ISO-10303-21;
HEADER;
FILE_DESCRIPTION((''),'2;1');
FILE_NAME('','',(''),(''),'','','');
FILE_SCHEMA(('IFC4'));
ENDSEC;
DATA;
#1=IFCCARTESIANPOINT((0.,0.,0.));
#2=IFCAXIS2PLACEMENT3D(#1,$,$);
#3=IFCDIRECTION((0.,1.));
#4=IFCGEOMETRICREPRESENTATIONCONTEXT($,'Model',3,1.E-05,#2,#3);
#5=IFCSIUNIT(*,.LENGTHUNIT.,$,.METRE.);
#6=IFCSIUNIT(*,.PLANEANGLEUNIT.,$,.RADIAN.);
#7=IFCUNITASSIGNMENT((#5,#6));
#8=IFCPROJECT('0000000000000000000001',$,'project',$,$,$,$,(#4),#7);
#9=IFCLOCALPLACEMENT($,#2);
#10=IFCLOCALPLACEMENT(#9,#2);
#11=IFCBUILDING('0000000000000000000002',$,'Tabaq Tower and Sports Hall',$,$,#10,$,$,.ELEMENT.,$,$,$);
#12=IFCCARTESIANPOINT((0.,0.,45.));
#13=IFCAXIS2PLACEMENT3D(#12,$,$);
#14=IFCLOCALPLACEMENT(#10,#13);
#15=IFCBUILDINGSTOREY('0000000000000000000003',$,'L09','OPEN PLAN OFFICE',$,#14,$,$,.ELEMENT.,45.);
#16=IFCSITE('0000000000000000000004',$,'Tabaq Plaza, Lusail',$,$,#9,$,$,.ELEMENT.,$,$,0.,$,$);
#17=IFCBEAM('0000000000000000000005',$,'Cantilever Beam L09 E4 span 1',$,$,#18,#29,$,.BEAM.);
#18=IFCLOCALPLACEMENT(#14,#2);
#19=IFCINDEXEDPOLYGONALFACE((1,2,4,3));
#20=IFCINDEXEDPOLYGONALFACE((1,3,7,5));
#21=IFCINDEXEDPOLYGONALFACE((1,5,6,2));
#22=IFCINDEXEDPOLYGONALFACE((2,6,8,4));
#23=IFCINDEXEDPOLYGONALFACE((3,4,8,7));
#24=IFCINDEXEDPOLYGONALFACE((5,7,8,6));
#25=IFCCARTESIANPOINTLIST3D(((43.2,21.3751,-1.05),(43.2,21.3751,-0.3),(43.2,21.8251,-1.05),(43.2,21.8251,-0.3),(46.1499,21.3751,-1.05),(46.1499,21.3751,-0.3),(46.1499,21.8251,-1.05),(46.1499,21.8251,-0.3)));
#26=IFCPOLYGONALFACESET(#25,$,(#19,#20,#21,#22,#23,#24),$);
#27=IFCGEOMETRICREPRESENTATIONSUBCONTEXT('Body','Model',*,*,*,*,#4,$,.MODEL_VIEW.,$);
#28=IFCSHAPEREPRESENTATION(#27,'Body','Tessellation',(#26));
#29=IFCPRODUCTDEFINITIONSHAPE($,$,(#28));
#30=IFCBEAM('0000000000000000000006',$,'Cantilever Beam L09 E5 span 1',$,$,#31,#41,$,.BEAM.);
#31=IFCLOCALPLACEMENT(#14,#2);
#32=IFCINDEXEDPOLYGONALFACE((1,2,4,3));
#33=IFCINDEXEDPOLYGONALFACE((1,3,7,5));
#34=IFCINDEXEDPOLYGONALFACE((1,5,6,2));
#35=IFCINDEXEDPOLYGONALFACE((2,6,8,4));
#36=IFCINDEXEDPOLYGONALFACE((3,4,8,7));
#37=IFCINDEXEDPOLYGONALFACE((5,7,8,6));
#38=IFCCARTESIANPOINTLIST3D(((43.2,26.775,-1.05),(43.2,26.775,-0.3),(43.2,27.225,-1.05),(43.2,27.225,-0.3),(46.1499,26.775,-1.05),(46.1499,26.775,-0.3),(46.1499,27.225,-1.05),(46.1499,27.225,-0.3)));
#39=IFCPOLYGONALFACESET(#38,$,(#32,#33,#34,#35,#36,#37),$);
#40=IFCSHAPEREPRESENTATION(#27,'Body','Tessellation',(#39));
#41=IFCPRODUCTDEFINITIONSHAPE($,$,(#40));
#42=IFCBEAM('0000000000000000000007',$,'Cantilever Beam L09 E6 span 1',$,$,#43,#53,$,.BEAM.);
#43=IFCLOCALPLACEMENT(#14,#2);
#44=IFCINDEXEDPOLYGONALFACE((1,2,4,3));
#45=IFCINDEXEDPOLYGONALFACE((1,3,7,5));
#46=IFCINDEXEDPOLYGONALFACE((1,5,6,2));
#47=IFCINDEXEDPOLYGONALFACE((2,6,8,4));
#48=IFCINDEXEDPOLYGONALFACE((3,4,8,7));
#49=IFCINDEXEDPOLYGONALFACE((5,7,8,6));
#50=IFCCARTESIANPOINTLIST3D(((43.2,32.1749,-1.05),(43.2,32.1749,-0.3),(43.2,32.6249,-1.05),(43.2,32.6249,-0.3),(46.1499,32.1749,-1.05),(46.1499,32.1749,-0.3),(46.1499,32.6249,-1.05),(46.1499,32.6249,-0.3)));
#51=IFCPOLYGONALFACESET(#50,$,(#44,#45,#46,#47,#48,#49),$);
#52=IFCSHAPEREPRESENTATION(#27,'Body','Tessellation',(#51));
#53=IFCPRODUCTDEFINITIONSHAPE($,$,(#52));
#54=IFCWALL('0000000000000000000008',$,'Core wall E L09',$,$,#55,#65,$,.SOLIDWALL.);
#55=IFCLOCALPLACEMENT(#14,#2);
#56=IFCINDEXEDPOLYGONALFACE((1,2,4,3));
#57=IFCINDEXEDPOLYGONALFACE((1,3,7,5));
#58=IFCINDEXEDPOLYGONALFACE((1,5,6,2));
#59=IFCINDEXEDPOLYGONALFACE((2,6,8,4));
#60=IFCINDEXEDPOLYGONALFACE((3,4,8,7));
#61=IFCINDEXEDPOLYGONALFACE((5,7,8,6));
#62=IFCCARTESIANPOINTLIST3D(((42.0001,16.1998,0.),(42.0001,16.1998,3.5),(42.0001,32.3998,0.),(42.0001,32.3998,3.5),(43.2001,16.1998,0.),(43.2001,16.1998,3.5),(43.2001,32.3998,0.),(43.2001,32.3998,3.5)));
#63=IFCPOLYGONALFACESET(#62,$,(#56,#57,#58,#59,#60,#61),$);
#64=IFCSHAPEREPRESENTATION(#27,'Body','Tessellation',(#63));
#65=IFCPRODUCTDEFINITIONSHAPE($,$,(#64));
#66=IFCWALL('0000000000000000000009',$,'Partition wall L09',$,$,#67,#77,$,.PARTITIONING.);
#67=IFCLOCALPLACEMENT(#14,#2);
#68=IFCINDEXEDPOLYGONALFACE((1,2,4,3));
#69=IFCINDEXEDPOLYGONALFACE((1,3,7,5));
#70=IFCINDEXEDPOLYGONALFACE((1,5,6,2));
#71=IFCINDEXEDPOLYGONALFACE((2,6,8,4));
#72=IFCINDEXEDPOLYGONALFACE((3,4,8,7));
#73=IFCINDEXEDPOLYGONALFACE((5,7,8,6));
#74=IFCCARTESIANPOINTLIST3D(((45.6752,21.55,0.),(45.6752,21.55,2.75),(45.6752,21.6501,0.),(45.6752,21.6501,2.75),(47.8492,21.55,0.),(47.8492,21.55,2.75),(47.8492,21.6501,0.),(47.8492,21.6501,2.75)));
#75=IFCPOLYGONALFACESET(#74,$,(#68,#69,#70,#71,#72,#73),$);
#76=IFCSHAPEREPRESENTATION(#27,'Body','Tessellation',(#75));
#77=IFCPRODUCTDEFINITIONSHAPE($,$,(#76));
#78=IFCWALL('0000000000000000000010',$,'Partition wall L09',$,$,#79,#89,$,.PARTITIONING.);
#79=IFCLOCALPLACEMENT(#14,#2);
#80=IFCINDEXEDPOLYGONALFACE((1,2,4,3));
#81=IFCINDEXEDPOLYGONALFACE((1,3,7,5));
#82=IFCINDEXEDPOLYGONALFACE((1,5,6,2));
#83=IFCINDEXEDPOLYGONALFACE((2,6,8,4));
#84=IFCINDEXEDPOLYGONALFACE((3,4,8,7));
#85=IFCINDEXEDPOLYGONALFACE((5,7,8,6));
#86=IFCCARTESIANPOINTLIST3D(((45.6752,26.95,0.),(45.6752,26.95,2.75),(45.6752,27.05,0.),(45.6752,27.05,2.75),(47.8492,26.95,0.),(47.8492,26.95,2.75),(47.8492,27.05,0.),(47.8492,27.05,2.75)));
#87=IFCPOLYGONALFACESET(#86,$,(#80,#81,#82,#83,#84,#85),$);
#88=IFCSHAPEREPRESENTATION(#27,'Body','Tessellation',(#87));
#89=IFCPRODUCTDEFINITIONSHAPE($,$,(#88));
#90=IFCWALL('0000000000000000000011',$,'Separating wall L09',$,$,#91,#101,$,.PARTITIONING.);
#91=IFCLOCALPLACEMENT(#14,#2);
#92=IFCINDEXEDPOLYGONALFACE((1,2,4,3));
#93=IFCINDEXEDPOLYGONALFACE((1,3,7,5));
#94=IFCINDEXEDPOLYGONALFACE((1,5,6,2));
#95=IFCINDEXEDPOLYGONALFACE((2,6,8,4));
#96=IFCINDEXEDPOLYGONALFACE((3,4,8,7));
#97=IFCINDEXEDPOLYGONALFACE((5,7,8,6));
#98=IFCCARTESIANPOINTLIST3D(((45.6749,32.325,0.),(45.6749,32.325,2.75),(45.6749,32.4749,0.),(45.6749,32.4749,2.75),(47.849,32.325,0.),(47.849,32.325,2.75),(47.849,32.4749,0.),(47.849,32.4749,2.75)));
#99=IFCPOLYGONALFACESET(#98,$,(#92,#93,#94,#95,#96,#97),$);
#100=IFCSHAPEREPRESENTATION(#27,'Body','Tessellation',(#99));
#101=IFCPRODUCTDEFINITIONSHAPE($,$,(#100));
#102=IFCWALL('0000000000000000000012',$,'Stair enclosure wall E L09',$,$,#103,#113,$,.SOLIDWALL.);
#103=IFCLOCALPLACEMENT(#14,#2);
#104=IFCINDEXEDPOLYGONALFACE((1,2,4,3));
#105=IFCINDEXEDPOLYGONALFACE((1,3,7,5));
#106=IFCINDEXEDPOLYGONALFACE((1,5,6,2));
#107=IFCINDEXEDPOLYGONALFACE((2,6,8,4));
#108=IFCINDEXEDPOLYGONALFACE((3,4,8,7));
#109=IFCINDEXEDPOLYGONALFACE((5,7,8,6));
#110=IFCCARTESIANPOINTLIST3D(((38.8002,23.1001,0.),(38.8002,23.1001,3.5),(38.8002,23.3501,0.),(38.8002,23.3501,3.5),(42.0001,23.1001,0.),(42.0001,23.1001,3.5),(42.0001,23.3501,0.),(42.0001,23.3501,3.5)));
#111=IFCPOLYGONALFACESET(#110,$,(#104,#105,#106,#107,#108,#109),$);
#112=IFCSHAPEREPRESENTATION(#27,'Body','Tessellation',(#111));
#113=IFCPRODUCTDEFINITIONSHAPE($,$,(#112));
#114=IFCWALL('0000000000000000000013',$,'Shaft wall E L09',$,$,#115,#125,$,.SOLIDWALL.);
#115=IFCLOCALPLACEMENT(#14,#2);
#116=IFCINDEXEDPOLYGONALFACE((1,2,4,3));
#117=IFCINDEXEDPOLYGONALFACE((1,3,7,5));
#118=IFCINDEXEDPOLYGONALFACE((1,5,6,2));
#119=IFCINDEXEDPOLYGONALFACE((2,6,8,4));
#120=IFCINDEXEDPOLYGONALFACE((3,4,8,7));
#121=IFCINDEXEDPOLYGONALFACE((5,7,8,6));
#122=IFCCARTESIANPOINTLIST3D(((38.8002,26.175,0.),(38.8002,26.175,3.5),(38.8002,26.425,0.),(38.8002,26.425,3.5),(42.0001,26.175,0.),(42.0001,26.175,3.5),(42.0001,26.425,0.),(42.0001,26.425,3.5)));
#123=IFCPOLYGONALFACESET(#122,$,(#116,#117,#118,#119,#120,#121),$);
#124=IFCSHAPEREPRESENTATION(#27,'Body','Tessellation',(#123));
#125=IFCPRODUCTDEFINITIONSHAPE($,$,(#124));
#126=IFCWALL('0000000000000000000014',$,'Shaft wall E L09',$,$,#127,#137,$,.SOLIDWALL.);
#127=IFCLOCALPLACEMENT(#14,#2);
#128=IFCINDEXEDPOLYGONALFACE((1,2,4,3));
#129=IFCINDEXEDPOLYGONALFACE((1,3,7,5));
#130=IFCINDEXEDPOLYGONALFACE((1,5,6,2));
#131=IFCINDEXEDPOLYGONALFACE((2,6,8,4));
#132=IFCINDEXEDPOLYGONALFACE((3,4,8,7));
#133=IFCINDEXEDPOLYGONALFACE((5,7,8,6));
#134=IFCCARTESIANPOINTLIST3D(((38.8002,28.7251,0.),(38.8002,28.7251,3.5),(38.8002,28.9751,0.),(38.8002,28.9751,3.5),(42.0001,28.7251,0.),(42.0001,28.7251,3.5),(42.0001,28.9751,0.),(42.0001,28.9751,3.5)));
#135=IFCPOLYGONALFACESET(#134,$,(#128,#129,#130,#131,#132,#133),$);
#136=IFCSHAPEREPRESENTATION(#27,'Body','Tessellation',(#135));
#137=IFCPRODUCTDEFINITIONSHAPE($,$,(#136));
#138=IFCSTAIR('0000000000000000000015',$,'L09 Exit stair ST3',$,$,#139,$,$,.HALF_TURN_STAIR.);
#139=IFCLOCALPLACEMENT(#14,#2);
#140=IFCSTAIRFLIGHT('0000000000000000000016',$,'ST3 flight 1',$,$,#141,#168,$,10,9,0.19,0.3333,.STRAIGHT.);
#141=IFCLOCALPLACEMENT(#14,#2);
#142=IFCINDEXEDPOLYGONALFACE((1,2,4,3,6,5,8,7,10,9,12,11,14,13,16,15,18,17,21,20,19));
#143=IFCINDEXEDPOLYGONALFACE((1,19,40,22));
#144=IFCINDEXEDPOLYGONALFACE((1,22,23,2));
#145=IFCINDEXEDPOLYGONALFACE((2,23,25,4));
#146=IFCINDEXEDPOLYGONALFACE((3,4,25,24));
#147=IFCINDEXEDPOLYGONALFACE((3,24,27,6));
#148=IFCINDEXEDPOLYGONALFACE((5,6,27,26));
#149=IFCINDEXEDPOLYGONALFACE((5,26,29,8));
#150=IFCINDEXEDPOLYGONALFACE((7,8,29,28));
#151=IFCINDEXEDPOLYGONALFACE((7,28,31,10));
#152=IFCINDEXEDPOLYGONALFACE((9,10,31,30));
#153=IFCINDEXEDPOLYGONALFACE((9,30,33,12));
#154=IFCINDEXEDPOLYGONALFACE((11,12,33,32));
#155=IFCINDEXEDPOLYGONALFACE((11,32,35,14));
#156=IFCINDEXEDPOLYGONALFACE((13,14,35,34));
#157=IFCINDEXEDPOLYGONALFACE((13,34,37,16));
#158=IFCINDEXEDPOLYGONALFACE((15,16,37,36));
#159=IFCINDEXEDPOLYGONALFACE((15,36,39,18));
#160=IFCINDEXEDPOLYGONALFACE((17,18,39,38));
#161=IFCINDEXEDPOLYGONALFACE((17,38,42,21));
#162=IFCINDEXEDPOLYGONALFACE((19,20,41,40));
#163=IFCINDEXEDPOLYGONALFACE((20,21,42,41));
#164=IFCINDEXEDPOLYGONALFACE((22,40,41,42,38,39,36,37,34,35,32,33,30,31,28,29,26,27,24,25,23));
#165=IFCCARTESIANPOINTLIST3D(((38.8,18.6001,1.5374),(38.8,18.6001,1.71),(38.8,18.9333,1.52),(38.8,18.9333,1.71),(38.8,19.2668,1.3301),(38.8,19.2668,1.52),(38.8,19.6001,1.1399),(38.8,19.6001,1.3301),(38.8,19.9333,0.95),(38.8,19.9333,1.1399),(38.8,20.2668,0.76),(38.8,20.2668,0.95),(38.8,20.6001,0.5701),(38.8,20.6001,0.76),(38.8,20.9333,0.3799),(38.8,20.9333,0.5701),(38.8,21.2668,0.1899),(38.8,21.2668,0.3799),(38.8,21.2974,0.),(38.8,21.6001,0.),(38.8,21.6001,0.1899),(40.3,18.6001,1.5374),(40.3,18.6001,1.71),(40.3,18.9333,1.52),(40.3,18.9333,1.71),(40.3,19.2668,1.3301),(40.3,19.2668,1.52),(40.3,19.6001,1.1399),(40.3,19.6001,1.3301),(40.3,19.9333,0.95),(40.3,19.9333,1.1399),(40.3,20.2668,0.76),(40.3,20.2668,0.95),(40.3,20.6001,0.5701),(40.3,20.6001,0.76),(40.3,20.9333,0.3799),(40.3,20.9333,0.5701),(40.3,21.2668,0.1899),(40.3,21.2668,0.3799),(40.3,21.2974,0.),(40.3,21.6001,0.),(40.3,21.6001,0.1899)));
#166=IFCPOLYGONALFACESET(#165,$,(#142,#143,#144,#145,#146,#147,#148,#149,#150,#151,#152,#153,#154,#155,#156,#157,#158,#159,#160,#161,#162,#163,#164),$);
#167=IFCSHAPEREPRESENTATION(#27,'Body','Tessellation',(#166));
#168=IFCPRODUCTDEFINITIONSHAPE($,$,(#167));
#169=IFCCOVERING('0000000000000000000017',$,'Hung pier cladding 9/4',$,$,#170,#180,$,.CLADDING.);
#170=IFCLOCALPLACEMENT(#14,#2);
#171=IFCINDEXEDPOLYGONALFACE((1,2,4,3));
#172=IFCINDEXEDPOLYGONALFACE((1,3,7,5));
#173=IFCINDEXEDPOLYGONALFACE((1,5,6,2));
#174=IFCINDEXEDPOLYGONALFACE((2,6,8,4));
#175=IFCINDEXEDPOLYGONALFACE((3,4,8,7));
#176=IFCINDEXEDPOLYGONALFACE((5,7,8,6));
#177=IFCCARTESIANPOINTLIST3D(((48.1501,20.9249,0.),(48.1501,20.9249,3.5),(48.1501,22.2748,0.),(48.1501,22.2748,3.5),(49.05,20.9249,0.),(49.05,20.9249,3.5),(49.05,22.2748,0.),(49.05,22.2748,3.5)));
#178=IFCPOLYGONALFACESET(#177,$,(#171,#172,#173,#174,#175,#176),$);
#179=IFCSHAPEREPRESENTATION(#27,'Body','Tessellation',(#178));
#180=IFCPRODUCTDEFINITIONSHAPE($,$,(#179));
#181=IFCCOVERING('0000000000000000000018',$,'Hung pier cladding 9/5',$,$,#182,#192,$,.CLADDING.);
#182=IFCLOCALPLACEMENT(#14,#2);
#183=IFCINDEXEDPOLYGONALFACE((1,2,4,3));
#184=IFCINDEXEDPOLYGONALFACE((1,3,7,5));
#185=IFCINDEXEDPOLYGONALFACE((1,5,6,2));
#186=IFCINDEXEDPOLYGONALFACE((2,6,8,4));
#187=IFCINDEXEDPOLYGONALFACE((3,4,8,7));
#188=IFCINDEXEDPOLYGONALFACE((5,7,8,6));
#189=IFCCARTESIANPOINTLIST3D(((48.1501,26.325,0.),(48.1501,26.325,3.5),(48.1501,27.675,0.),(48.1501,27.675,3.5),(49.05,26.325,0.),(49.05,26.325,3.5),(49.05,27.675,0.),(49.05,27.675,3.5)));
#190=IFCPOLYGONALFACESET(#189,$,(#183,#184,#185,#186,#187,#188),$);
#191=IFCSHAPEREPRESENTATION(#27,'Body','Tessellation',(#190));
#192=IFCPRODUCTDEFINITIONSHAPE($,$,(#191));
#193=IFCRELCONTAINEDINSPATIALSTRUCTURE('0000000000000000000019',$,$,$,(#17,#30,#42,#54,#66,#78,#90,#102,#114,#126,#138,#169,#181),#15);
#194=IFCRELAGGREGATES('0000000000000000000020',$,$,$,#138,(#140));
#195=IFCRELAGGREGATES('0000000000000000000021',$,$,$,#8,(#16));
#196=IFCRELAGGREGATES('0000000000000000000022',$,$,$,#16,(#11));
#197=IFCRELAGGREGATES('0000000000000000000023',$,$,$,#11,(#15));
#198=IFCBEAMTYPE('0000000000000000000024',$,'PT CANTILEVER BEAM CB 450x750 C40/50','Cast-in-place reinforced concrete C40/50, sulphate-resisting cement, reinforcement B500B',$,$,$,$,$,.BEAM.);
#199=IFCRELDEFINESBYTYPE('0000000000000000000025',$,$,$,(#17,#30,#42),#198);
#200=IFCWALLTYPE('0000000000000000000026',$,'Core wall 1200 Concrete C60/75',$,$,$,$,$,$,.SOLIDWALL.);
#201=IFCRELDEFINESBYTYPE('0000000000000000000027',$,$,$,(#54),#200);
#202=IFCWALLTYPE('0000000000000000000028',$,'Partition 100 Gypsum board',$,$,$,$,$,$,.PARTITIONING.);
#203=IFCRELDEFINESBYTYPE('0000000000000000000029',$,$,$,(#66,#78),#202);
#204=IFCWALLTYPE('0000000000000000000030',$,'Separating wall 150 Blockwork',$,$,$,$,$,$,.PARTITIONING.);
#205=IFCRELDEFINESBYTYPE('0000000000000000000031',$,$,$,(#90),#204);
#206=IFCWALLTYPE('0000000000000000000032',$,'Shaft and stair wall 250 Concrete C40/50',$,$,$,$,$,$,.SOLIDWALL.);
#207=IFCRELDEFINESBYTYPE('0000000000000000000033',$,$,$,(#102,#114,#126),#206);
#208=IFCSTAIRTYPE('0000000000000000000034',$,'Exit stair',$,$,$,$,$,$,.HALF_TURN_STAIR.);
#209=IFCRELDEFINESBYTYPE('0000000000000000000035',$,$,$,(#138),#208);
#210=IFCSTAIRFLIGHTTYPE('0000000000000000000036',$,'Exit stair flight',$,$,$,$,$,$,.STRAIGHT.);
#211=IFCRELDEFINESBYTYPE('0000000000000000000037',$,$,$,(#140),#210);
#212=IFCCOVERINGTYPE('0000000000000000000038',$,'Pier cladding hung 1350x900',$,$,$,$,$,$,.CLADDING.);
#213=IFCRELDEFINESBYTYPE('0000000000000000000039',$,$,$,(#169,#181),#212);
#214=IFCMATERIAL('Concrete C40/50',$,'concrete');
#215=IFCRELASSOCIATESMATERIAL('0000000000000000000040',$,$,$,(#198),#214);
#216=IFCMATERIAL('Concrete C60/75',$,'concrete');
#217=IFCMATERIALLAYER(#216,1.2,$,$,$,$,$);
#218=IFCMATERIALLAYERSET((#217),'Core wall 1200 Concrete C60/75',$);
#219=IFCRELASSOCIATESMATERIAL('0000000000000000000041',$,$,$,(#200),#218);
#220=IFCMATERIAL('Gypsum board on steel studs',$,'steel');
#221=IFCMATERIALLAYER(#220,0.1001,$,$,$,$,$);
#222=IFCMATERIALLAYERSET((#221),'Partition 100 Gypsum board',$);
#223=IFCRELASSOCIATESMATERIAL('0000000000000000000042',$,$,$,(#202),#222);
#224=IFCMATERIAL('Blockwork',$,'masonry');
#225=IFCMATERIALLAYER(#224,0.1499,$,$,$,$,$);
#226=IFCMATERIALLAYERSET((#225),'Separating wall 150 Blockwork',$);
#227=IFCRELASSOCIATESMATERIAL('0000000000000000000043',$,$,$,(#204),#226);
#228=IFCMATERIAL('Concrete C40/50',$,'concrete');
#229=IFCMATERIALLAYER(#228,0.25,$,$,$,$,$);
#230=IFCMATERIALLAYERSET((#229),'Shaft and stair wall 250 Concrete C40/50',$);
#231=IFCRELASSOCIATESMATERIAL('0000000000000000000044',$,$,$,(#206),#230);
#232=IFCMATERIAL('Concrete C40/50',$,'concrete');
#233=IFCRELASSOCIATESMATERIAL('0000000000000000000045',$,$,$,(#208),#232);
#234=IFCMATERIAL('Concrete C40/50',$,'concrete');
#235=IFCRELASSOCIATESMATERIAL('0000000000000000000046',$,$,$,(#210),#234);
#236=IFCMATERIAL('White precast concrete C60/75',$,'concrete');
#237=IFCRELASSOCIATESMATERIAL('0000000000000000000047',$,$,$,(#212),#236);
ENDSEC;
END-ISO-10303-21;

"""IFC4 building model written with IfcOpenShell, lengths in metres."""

from ifc_helpers import new_model, si_unit, direction, frame, frame_2d, origin, origin_2d, place, context, subcontext, project, spatial, polyline, rectangle, outline, extrude, material, layer, layer_set, material_profile, profile_set, type_object, element, aggregate, save


model = new_model("IFC4")

# Units and contexts
model_context = context("Model", 3, precision=1e-05, world=origin(), true_north=direction((0.0, 1.0)))
body_context = subcontext(model_context, "Body", "Model", "MODEL_VIEW")
ifc_project = project(units=[si_unit("LENGTHUNIT", "METRE"), si_unit("PLANEANGLEUNIT", "RADIAN")], contexts=[model_context])

# Site, building, storey
site_placement = place(None, origin())
site = spatial("IfcSite", under=ifc_project, at=site_placement, Name="Tabaq Plaza, Lusail", CompositionType="ELEMENT", RefElevation=0.0)
building_placement = place(site_placement, origin())
building = spatial("IfcBuilding", under=site, at=building_placement, Name="Tabaq Tower and Sports Hall", CompositionType="ELEMENT")
storey_placement = place(building_placement, frame((0.0, 0.0, 45.0)))
storey = spatial("IfcBuildingStorey", under=building, at=storey_placement, Name="L09", Description="OPEN PLAN OFFICE", CompositionType="ELEMENT", Elevation=45.0)

# Beams
ifc_material_1 = material(Name="Concrete C40/50", Category="concrete")
ifc_material_profile = material_profile(ifc_material_1, rectangle(XDim=0.45, YDim=0.75, at=origin_2d()), Name="CB 450x750")
ifc_profile_set = profile_set([ifc_material_profile], Name="Concrete C40/50")
beam_type = type_object("IfcBeamType", Name="PT CANTILEVER BEAM CB 450x750 C40/50", Description="Cast-in-place reinforced concrete C40/50, sulphate-resisting cement, reinforcement B500B", PredefinedType="BEAM", material=ifc_profile_set)
for number, where, z_axis, x_axis, name in (
    (1, (46.1499, 21.6001, -0.675), (-1.0, 0.0, 0.0), (0.0, -1.0, 0.0), "Cantilever Beam L09 E4 span 1"),
    (2, (46.1499, 27.0, -0.675), (-1.0, 0.0, 0.0), (0.0, -1.0, 0.0), "Cantilever Beam L09 E5 span 1"),
    (3, (46.1499, 32.3999, -0.675), (-1.0, 0.0, 0.0), (0.0, -1.0, 0.0), "Cantilever Beam L09 E6 span 1"),
):
    element("IfcBeam", number, at=place(storey_placement, frame(where, z_axis=z_axis, x_axis=x_axis)), inside=storey, type_object=beam_type, Name=name, PredefinedType="BEAM", context=body_context, shape_type="SweptSolid", body=[
        extrude(rectangle(XDim=0.45, YDim=0.75, at=origin_2d()), origin(), (0.0, 0.0, 1.0), 2.95),
    ])

# Walls
ifc_material_2 = material(Name="Concrete C60/75", Category="concrete")
ifc_layer_1 = layer(ifc_material_2, 1.2)
ifc_layer_set_1 = layer_set([ifc_layer_1], Name="Core wall 1200 Concrete C60/75")
wall_type_1 = type_object("IfcWallType", Name="Core wall 1200 Concrete C60/75", PredefinedType="SOLIDWALL", material=ifc_layer_set_1)
wall_1_placement = place(storey_placement, frame((42.6001, 32.3999, 0.0), z_axis=(0.0, 0.0, 1.0), x_axis=(0.0, -1.0, 0.0)))
element("IfcWall", 4, at=wall_1_placement, inside=storey, type_object=wall_type_1, Name="Core wall E L09", PredefinedType="SOLIDWALL", context=body_context, shape_type="SweptSolid", body=[
    extrude(rectangle(XDim=16.2, YDim=1.2, at=frame_2d((8.1001, 0.0))), origin(), (0.0, 0.0, 1.0), 3.5),
])
ifc_material_3 = material(Name="Gypsum board on steel studs", Category="steel")
ifc_layer_2 = layer(ifc_material_3, 0.1001)
ifc_layer_set_2 = layer_set([ifc_layer_2], Name="Partition 100 Gypsum board")
wall_type_2 = type_object("IfcWallType", Name="Partition 100 Gypsum board", PredefinedType="PARTITIONING", material=ifc_layer_set_2)
for number, where, z_axis, x_axis, name in (
    (5, (47.8491, 21.6001, 0.0), (0.0, 0.0, 1.0), (-1.0, 0.0, 0.0), "Partition wall L09"),
    (6, (47.8491, 27.0, 0.0), (0.0, 0.0, 1.0), (-1.0, 0.0, 0.0), "Partition wall L09"),
):
    element("IfcWall", number, at=place(storey_placement, frame(where, z_axis=z_axis, x_axis=x_axis)), inside=storey, type_object=wall_type_2, Name=name, PredefinedType="PARTITIONING", context=body_context, shape_type="SweptSolid", body=[
        extrude(rectangle(XDim=2.1741, YDim=0.1001, at=frame_2d((1.0869, 0.0))), origin(), (0.0, 0.0, 1.0), 2.75),
    ])
ifc_material_4 = material(Name="Blockwork", Category="masonry")
ifc_layer_3 = layer(ifc_material_4, 0.1499)
ifc_layer_set_3 = layer_set([ifc_layer_3], Name="Separating wall 150 Blockwork")
wall_type_3 = type_object("IfcWallType", Name="Separating wall 150 Blockwork", PredefinedType="PARTITIONING", material=ifc_layer_set_3)
wall_2_placement = place(storey_placement, frame((45.675, 32.3999, 0.0), z_axis=(0.0, 0.0, 1.0), x_axis=(1.0, 0.0, 0.0)))
element("IfcWall", 7, at=wall_2_placement, inside=storey, type_object=wall_type_3, Name="Separating wall L09", PredefinedType="PARTITIONING", context=body_context, shape_type="SweptSolid", body=[
    extrude(rectangle(XDim=2.1741, YDim=0.1499, at=frame_2d((1.0869, 0.0))), origin(), (0.0, 0.0, 1.0), 2.75),
])
ifc_material_5 = material(Name="Concrete C40/50", Category="concrete")
ifc_layer_4 = layer(ifc_material_5, 0.25)
ifc_layer_set_4 = layer_set([ifc_layer_4], Name="Shaft and stair wall 250 Concrete C40/50")
wall_type_4 = type_object("IfcWallType", Name="Shaft and stair wall 250 Concrete C40/50", PredefinedType="SOLIDWALL", material=ifc_layer_set_4)
for number, where, z_axis, x_axis, name in (
    (8, (38.8, 23.2251, 0.0), (0.0, 0.0, 1.0), (1.0, 0.0, 0.0), "Stair enclosure wall E L09"),
    (9, (38.8, 26.3, 0.0), (0.0, 0.0, 1.0), (1.0, 0.0, 0.0), "Shaft wall E L09"),
    (10, (38.8, 28.8501, 0.0), (0.0, 0.0, 1.0), (1.0, 0.0, 0.0), "Shaft wall E L09"),
):
    element("IfcWall", number, at=place(storey_placement, frame(where, z_axis=z_axis, x_axis=x_axis)), inside=storey, type_object=wall_type_4, Name=name, PredefinedType="SOLIDWALL", context=body_context, shape_type="SweptSolid", body=[
        extrude(rectangle(XDim=3.2, YDim=0.25, at=frame_2d((1.6001, 0.0))), origin(), (0.0, 0.0, 1.0), 3.5),
    ])

# Stair, stair flight
ifc_material_6 = material(Name="Concrete C40/50", Category="concrete")
stair_type = type_object("IfcStairType", Name="Exit stair", PredefinedType="HALF_TURN_STAIR", material=ifc_material_6)
stair_placement = place(storey_placement, origin())
stair = element("IfcStair", 11, at=stair_placement, inside=storey, type_object=stair_type, Name="L09 Exit stair ST3", PredefinedType="HALF_TURN_STAIR")
ifc_material_7 = material(Name="Concrete C40/50", Category="concrete")
stair_flight_type = type_object("IfcStairFlightType", Name="Exit stair flight", PredefinedType="STRAIGHT", material=ifc_material_7)
stair_flight_placement = place(storey_placement, frame((39.55, 21.6001, 0.0), z_axis=(0.0, 0.0, 1.0), x_axis=(0.0, -1.0, 0.0)))
stair_flight = element("IfcStairFlight", 12, at=stair_flight_placement, type_object=stair_flight_type, Name="ST3 flight 1", NumberOfRisers=10, NumberOfTreads=9, PredefinedType="STRAIGHT", RiserHeight=0.19, TreadLength=0.3333, context=body_context, shape_type="SweptSolid", body=[
    extrude(outline(polyline([(0.0, 0.0), (0.0, 0.1899), (0.3333, 0.1899), (0.3333, 0.3799), (0.6667, 0.3799), (0.6667, 0.5701), (1.0, 0.5701), (1.0, 0.76), (1.3333, 0.76), (1.3333, 0.95), (1.6667, 0.95), (1.6667, 1.1399), (2.0, 1.1399), (2.0, 1.3301), (2.3333, 1.3301), (2.3333, 1.52), (2.6667, 1.52), (2.6667, 1.71), (3.0, 1.71), (3.0, 1.8999), (3.0, 1.5374), (0.3027, 0.0), (0.0, 0.0)])), frame((0.0, 0.75, 0.0), z_axis=(0.0, -1.0, 0.0), x_axis=(1.0, 0.0, 0.0)), (0.0, 0.0, 1.0), 1.5),
])
aggregate(stair, [stair_flight])

# Coverings
ifc_material_8 = material(Name="White precast concrete C60/75", Category="concrete")
covering_type_1 = type_object("IfcCoveringType", Name="Pier cladding hung 1350x900", PredefinedType="CLADDING", material=ifc_material_8)
covering_1_placement = place(storey_placement, frame((48.6001, 20.925, 0.0), z_axis=(0.0, 0.0, 1.0), x_axis=(0.0, 1.0, 0.0)))
element("IfcCovering", 13, at=covering_1_placement, inside=storey, type_object=covering_type_1, Name="Hung pier cladding 9/4", PredefinedType="CLADDING", context=body_context, shape_type="SweptSolid", body=[
    extrude(rectangle(XDim=1.3499, YDim=0.8999, at=frame_2d((0.6748, 0.0))), origin(), (0.0, 0.0, 1.0), 3.5),
])
covering_2_placement = place(storey_placement, frame((48.6001, 26.325, 0.0), z_axis=(0.0, 0.0, 1.0), x_axis=(0.0, 1.0, 0.0)))
element("IfcCovering", 14, at=covering_2_placement, inside=storey, type_object=covering_type_1, Name="Hung pier cladding 9/5", PredefinedType="CLADDING", context=body_context, shape_type="SweptSolid", body=[
    extrude(rectangle(XDim=1.3501, YDim=0.8999, at=frame_2d((0.675, 0.0))), origin(), (0.0, 0.0, 1.0), 3.5),
])

save(model, "model.ifc")
